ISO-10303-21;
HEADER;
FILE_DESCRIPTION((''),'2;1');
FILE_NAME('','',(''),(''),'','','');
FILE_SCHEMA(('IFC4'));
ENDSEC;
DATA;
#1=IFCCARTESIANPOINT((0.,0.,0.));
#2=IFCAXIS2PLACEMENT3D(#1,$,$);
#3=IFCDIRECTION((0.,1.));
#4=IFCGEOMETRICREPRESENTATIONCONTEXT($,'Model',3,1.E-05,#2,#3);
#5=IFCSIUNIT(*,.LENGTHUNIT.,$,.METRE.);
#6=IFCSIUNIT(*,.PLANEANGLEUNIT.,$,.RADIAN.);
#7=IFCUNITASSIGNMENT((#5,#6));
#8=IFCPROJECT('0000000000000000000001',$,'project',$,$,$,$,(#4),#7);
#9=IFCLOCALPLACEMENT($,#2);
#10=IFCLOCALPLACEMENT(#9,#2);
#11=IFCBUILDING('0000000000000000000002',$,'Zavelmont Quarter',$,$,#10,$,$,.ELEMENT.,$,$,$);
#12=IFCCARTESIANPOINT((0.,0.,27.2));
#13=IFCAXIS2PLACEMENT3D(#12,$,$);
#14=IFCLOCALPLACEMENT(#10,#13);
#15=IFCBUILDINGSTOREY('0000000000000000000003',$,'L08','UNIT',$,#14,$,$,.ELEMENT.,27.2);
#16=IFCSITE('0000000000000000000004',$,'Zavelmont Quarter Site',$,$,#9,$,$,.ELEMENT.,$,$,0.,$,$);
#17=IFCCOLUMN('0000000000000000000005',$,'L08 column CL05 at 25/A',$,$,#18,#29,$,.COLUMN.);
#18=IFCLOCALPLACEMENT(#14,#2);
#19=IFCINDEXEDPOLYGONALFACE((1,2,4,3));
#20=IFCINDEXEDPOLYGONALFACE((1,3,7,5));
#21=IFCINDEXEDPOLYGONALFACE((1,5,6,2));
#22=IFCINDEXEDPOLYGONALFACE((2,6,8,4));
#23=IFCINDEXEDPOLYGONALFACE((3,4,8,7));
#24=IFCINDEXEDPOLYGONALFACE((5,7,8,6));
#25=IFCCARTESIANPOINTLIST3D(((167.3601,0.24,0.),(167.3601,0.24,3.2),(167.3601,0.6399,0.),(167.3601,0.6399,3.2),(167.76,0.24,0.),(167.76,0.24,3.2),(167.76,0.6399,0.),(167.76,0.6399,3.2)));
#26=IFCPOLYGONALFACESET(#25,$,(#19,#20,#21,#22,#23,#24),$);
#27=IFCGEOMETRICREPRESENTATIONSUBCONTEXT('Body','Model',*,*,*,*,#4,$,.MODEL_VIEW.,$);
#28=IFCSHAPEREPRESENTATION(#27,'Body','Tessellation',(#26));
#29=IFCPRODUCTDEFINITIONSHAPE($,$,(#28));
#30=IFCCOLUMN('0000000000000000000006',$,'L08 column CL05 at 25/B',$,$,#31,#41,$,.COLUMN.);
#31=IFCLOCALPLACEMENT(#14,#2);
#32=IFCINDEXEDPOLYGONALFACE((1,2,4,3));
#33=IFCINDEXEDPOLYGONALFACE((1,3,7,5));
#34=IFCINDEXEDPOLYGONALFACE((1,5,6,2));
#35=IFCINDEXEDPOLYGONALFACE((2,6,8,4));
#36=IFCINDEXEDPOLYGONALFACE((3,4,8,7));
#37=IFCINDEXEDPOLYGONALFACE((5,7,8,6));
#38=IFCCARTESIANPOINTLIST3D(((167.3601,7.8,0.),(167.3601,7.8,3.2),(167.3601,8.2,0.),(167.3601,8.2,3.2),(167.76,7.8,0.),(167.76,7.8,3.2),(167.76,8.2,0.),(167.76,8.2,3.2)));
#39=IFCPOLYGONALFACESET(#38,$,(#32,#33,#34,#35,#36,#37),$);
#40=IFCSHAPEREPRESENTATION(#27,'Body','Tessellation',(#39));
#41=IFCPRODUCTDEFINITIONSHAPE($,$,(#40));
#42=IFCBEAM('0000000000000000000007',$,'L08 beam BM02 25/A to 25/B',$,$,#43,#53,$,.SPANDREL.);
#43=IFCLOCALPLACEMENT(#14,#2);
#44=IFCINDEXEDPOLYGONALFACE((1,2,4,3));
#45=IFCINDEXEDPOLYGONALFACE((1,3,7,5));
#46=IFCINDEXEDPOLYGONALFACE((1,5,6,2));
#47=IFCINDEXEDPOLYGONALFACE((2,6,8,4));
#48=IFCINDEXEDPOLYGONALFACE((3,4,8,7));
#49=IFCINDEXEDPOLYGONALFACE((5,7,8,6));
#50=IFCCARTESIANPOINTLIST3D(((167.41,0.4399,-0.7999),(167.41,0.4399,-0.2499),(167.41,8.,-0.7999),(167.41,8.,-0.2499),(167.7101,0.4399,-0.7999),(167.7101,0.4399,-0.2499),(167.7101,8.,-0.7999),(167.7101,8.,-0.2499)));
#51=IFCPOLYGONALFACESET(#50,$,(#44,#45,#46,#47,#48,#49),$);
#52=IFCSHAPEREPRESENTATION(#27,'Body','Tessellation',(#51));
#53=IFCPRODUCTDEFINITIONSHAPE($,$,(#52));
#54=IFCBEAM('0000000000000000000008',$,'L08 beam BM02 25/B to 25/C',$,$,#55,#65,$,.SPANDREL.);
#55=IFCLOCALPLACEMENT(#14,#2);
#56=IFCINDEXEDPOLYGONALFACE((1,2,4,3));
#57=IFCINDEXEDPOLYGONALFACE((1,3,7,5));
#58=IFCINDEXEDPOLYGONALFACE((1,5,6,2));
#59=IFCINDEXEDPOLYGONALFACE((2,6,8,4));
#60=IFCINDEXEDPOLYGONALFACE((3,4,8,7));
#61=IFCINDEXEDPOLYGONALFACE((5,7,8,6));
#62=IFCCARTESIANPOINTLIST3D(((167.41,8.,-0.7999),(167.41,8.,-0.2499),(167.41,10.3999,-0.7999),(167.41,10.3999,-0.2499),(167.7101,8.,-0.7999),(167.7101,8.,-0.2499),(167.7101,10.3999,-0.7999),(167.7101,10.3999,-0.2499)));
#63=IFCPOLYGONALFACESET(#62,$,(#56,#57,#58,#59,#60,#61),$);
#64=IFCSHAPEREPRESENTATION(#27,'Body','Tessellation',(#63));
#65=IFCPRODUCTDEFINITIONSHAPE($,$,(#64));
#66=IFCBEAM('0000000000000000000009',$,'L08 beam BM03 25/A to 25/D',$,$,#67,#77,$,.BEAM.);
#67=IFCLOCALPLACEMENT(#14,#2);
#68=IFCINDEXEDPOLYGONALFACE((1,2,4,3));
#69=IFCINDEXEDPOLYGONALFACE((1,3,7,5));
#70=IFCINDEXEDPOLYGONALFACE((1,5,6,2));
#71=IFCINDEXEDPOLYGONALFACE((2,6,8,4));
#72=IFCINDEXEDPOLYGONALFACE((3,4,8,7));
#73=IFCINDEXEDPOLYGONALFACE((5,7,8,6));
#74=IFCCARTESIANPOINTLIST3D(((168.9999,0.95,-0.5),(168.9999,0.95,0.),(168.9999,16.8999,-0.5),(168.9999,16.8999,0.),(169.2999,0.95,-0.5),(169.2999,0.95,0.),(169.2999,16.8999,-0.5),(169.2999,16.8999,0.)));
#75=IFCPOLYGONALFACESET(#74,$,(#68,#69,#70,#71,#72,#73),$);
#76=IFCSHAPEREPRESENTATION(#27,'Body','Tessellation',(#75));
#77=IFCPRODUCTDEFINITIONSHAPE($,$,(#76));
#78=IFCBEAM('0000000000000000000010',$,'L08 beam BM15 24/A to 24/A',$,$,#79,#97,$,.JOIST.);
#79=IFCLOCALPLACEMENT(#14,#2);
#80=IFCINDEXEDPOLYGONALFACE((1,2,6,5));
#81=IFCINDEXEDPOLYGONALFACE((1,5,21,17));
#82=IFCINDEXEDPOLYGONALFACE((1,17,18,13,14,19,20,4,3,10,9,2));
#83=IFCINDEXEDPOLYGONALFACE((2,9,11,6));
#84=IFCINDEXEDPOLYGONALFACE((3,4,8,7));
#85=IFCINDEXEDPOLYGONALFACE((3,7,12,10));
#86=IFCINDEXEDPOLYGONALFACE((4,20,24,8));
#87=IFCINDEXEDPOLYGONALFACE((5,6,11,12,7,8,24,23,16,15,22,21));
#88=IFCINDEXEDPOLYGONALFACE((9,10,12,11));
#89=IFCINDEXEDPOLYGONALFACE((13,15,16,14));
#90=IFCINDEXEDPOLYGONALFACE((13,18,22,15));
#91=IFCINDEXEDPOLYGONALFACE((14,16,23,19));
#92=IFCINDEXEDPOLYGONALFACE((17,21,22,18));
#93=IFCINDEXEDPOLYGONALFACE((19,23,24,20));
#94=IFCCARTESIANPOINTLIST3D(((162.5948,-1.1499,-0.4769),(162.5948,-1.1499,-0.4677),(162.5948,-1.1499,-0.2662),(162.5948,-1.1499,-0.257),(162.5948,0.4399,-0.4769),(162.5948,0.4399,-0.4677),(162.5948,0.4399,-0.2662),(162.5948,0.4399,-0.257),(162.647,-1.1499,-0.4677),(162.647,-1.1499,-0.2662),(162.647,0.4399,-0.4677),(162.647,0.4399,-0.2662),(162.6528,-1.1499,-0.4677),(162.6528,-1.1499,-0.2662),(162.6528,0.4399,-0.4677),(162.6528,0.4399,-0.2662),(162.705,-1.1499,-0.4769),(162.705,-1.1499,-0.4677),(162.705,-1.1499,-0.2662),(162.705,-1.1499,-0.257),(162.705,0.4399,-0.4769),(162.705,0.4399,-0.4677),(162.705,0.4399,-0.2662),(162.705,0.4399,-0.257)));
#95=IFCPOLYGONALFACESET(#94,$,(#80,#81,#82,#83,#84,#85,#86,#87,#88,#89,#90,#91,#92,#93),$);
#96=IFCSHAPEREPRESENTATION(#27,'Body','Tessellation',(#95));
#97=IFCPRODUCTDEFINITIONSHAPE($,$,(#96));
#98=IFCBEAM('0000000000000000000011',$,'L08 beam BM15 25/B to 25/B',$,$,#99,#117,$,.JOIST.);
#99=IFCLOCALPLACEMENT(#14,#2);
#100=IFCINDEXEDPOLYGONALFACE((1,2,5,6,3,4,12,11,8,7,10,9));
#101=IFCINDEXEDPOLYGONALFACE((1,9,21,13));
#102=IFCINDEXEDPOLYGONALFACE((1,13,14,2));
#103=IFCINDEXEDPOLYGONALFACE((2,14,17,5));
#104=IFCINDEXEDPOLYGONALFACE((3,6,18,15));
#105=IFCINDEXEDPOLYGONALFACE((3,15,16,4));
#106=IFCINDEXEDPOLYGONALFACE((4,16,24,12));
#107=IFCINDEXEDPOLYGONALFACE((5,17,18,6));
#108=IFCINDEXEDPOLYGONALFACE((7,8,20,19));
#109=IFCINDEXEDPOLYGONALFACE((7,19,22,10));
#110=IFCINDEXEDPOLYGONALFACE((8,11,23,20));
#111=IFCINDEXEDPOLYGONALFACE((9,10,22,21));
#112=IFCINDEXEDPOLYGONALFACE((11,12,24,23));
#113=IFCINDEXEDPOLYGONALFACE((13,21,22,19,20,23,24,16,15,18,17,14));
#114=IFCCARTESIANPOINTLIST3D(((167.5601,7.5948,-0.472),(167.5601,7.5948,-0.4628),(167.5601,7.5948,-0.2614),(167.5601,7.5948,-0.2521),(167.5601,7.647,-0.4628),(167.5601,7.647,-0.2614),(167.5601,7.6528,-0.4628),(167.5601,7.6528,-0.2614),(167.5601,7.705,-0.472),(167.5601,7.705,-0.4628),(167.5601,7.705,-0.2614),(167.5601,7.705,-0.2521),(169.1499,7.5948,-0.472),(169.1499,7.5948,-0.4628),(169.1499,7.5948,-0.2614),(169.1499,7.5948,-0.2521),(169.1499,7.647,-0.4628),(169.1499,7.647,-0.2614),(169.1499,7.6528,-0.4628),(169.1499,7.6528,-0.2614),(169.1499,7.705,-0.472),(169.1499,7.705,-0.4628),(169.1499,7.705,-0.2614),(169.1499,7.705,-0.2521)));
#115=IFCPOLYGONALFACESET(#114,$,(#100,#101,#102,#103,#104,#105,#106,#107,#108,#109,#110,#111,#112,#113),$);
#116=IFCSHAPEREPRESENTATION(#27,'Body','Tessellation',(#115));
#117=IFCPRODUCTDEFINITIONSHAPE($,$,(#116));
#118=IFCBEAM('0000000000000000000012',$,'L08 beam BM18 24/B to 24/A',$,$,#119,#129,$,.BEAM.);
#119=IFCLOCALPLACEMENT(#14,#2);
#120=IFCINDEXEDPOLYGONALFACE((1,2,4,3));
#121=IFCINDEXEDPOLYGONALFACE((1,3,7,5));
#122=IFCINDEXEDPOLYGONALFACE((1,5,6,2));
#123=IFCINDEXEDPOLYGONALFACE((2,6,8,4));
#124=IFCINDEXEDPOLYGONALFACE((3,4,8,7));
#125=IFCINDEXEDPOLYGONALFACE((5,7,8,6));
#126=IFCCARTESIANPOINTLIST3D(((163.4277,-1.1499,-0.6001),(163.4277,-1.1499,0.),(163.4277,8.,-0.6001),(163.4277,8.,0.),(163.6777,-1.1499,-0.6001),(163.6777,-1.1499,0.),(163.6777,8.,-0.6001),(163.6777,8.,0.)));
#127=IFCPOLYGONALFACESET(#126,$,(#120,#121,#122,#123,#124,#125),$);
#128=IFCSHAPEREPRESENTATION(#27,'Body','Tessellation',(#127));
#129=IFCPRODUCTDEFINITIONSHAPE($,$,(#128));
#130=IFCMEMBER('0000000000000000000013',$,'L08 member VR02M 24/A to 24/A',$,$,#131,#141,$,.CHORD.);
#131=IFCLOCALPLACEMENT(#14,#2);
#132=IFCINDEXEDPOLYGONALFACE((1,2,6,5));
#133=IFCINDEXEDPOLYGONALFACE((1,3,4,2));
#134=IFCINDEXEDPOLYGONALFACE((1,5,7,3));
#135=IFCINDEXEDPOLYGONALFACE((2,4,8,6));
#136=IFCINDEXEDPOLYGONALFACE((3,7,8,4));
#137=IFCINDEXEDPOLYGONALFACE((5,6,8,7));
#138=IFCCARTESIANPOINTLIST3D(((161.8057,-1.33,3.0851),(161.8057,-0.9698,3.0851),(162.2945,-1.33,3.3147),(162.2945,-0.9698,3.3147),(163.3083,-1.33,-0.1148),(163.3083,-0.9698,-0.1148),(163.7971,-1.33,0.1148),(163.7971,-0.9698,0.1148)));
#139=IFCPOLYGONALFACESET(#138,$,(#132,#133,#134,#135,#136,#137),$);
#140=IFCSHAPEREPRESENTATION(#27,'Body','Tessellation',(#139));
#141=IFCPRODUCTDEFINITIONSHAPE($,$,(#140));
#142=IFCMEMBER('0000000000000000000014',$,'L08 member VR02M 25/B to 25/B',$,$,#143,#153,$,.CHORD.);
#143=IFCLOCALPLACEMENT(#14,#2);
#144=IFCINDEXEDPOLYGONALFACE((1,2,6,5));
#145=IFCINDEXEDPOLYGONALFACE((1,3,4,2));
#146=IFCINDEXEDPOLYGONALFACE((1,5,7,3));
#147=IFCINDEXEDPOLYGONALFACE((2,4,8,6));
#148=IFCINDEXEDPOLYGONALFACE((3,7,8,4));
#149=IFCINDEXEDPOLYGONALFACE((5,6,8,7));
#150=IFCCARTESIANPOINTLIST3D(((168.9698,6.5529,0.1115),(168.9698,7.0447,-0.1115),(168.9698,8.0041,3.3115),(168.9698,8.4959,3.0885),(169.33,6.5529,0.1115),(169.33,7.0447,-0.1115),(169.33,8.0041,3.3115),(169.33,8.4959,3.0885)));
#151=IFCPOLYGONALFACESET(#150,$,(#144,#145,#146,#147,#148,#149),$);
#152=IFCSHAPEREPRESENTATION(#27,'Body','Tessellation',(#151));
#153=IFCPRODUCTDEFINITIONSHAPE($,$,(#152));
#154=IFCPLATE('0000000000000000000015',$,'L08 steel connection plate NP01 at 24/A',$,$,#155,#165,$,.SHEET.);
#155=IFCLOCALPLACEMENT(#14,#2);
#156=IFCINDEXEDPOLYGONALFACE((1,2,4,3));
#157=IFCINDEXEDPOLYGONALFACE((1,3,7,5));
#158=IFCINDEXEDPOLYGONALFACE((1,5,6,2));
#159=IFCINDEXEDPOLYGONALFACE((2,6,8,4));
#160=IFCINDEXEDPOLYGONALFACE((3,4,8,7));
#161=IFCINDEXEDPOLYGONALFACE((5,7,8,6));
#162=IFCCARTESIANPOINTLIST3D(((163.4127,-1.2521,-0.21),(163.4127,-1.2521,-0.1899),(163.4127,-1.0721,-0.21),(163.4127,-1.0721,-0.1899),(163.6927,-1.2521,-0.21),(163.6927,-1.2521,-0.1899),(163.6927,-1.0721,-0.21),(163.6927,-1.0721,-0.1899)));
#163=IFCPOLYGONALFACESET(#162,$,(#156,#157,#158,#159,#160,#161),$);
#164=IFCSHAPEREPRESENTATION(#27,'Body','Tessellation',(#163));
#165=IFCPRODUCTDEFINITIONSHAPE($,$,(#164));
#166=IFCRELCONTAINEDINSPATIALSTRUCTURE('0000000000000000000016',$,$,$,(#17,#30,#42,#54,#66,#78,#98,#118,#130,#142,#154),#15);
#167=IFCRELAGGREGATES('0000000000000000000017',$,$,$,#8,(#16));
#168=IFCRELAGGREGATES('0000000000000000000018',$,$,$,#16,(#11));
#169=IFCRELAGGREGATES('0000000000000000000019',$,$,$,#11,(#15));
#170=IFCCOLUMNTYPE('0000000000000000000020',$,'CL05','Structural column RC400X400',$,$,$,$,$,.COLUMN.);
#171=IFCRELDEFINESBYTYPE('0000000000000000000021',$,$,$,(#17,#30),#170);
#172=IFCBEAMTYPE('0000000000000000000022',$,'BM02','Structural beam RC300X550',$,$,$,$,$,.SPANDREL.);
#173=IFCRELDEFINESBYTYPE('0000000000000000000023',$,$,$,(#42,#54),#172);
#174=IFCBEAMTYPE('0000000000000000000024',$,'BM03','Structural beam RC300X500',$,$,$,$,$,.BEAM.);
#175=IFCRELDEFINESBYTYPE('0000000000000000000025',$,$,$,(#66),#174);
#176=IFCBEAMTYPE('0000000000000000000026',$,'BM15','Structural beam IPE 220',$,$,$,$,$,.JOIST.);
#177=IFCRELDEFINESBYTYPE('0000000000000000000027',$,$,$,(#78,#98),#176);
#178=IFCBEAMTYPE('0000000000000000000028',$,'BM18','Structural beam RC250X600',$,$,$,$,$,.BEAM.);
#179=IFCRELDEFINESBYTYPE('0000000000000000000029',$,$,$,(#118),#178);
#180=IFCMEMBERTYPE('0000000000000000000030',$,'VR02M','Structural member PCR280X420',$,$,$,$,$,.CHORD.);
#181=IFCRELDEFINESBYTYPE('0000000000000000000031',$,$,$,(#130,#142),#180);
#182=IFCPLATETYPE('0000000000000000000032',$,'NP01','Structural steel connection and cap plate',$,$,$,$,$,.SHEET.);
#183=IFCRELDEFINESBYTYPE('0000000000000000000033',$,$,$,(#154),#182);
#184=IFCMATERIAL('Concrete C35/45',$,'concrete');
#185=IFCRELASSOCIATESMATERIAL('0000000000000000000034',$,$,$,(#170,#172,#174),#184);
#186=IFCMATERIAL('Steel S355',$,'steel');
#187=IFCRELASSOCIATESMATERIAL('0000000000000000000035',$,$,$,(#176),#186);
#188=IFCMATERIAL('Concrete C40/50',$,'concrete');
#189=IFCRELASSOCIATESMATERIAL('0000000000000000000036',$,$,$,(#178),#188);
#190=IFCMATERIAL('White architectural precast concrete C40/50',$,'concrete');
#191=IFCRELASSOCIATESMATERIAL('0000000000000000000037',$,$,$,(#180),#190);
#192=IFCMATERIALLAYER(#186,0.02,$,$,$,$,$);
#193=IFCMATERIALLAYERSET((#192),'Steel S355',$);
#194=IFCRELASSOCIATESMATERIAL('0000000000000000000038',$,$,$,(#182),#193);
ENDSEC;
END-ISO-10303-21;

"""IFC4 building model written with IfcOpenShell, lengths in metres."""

from ifc_helpers import new_model, si_unit, direction, frame, origin, origin_2d, place, context, subcontext, project, spatial, rectangle, i_section, extrude, material, layer, layer_set, material_profile, profile_set, type_object, element, save


model = new_model("IFC4")

# Units and contexts
model_context = context("Model", 3, precision=1e-05, world=origin(), true_north=direction((0.0, 1.0)))
body_context = subcontext(model_context, "Body", "Model", "MODEL_VIEW")
ifc_project = project(units=[si_unit("LENGTHUNIT", "METRE"), si_unit("PLANEANGLEUNIT", "RADIAN")], contexts=[model_context])

# Site, building, storey
site_placement = place(None, origin())
site = spatial("IfcSite", under=ifc_project, at=site_placement, Name="Zavelmont Quarter Site", CompositionType="ELEMENT", RefElevation=0.0)
building_placement = place(site_placement, origin())
building = spatial("IfcBuilding", under=site, at=building_placement, Name="Zavelmont Quarter", CompositionType="ELEMENT")
storey_placement = place(building_placement, frame((0.0, 0.0, 27.2)))
storey = spatial("IfcBuildingStorey", under=building, at=storey_placement, Name="L08", Description="UNIT", CompositionType="ELEMENT", Elevation=27.2)

# Columns
ifc_material_1 = material(Name="Concrete C35/45", Category="concrete")
ifc_material_profile_1 = material_profile(ifc_material_1, rectangle(XDim=0.3999, YDim=0.3999, at=origin_2d()), Name="RC400X400")
ifc_profile_set_1 = profile_set([ifc_material_profile_1], Name="Concrete C35/45")
column_type = type_object("IfcColumnType", Name="CL05", Description="Structural column RC400X400", PredefinedType="COLUMN", material=ifc_profile_set_1)
for number, where, z_axis, x_axis, name in (
    (1, (167.5601, 0.4399, 0.0), (0.0, 0.0, 1.0), (1.0, 0.0, 0.0), "L08 column CL05 at 25/A"),
    (2, (167.5601, 8.0, 0.0), (0.0, 0.0, 1.0), (1.0, 0.0, 0.0), "L08 column CL05 at 25/B"),
):
    element("IfcColumn", number, at=place(storey_placement, frame(where, z_axis=z_axis, x_axis=x_axis)), inside=storey, type_object=column_type, Name=name, PredefinedType="COLUMN", context=body_context, shape_type="SweptSolid", body=[
        extrude(rectangle(XDim=0.3999, YDim=0.3999, at=origin_2d()), origin(), (0.0, 0.0, 1.0), 3.2),
    ])

# Beams
ifc_material_profile_2 = material_profile(ifc_material_1, rectangle(XDim=0.3, YDim=0.55, at=origin_2d()), Name="RC300X550")
ifc_profile_set_2 = profile_set([ifc_material_profile_2], Name="Concrete C35/45")
beam_type_1 = type_object("IfcBeamType", Name="BM02", Description="Structural beam RC300X550", PredefinedType="SPANDREL", material=ifc_profile_set_2)
beam_1_placement = place(storey_placement, frame((167.5601, 0.4399, -0.5249), z_axis=(0.0, 1.0, 0.0), x_axis=(-1.0, 0.0, 0.0)))
element("IfcBeam", 3, at=beam_1_placement, inside=storey, type_object=beam_type_1, Name="L08 beam BM02 25/A to 25/B", PredefinedType="SPANDREL", context=body_context, shape_type="SweptSolid", body=[
    extrude(rectangle(XDim=0.3, YDim=0.55, at=origin_2d()), origin(), (0.0, 0.0, 1.0), 7.5601),
])
beam_2_placement = place(storey_placement, frame((167.5601, 8.0, -0.5249), z_axis=(0.0, 1.0, 0.0), x_axis=(-1.0, 0.0, 0.0)))
element("IfcBeam", 4, at=beam_2_placement, inside=storey, type_object=beam_type_1, Name="L08 beam BM02 25/B to 25/C", PredefinedType="SPANDREL", context=body_context, shape_type="SweptSolid", body=[
    extrude(rectangle(XDim=0.3, YDim=0.55, at=origin_2d()), origin(), (0.0, 0.0, 1.0), 2.3999),
])
ifc_material_profile_3 = material_profile(ifc_material_1, rectangle(XDim=0.3, YDim=0.5, at=origin_2d()), Name="RC300X500")
ifc_profile_set_3 = profile_set([ifc_material_profile_3], Name="Concrete C35/45")
beam_type_2 = type_object("IfcBeamType", Name="BM03", Description="Structural beam RC300X500", PredefinedType="BEAM", material=ifc_profile_set_3)
beam_3_placement = place(storey_placement, frame((169.1499, 0.95, -0.25), z_axis=(0.0, 1.0, 0.0), x_axis=(-1.0, 0.0, 0.0)))
element("IfcBeam", 5, at=beam_3_placement, inside=storey, type_object=beam_type_2, Name="L08 beam BM03 25/A to 25/D", PredefinedType="BEAM", context=body_context, shape_type="SweptSolid", body=[
    extrude(rectangle(XDim=0.3, YDim=0.5, at=origin_2d()), origin(), (0.0, 0.0, 1.0), 15.95),
])
ifc_material_2 = material(Name="Steel S355", Category="steel")
ifc_material_profile_4 = material_profile(ifc_material_2, i_section(OverallWidth=0.1101, OverallDepth=0.22, WebThickness=0.0059, FlangeThickness=0.0093, at=origin_2d()), Name="IPE 220")
ifc_profile_set_4 = profile_set([ifc_material_profile_4], Name="Steel S355")
beam_type_3 = type_object("IfcBeamType", Name="BM15", Description="Structural beam IPE 220", PredefinedType="JOIST", material=ifc_profile_set_4)
for number, where, z_axis, x_axis, name in (
    (6, (162.6499, 0.4399, -0.3669), (0.0, -1.0, 0.0), (1.0, 0.0, 0.0), "L08 beam BM15 24/A to 24/A"),
    (7, (167.5601, 7.6499, -0.3621), (1.0, 0.0, 0.0), (0.0, 1.0, 0.0), "L08 beam BM15 25/B to 25/B"),
):
    element("IfcBeam", number, at=place(storey_placement, frame(where, z_axis=z_axis, x_axis=x_axis)), inside=storey, type_object=beam_type_3, Name=name, PredefinedType="JOIST", context=body_context, shape_type="SweptSolid", body=[
        extrude(i_section(OverallWidth=0.1101, OverallDepth=0.22, WebThickness=0.0059, FlangeThickness=0.0093, at=origin_2d()), origin(), (0.0, 0.0, 1.0), 1.5898),
    ])
ifc_material_3 = material(Name="Concrete C40/50", Category="concrete")
ifc_material_profile_5 = material_profile(ifc_material_3, rectangle(XDim=0.25, YDim=0.6001, at=origin_2d()), Name="RC250X600")
ifc_profile_set_5 = profile_set([ifc_material_profile_5], Name="Concrete C40/50")
beam_type_4 = type_object("IfcBeamType", Name="BM18", Description="Structural beam RC250X600", PredefinedType="BEAM", material=ifc_profile_set_5)
beam_4_placement = place(storey_placement, frame((163.5527, 8.0, -0.3), z_axis=(0.0, -1.0, 0.0), x_axis=(1.0, 0.0, 0.0)))
element("IfcBeam", 8, at=beam_4_placement, inside=storey, type_object=beam_type_4, Name="L08 beam BM18 24/B to 24/A", PredefinedType="BEAM", context=body_context, shape_type="SweptSolid", body=[
    extrude(rectangle(XDim=0.25, YDim=0.6001, at=origin_2d()), origin(), (0.0, 0.0, 1.0), 9.1499),
])

# Members
ifc_material_4 = material(Name="White architectural precast concrete C40/50", Category="concrete")
ifc_material_profile_6 = material_profile(ifc_material_4, rectangle(XDim=0.3601, YDim=0.54, at=origin_2d()), Name="PCR280X420")
ifc_profile_set_6 = profile_set([ifc_material_profile_6], Name="White architectural precast concrete C40/50")
member_type = type_object("IfcMemberType", Name="VR02M", Description="Structural member PCR280X420", PredefinedType="CHORD", material=ifc_profile_set_6)
member_1_placement = place(storey_placement, frame((163.5527, -1.1499, 0.0), z_axis=(-0.425062, 0.0, 0.905164), x_axis=(0.0, -1.0, 0.0)))
element("IfcMember", 9, at=member_1_placement, inside=storey, type_object=member_type, Name="L08 member VR02M 24/A to 24/A", PredefinedType="CHORD", context=body_context, shape_type="SweptSolid", body=[
    extrude(rectangle(XDim=0.3601, YDim=0.54, at=origin_2d()), origin(), (0.0, 0.0, 1.0), 3.5352),
])
member_2_placement = place(storey_placement, frame((169.1499, 6.7988, 0.0), z_axis=(0.0, 0.413012, 0.910725), x_axis=(-1.0, 0.0, 0.0)))
element("IfcMember", 10, at=member_2_placement, inside=storey, type_object=member_type, Name="L08 member VR02M 25/B to 25/B", PredefinedType="CHORD", context=body_context, shape_type="SweptSolid", body=[
    extrude(rectangle(XDim=0.3601, YDim=0.54, at=origin_2d()), origin(), (0.0, 0.0, 1.0), 3.5137),
])

# Plate
ifc_layer_1 = layer(ifc_material_2, 0.02)
ifc_layer_set_1 = layer_set([ifc_layer_1], Name="Steel S355")
plate_type = type_object("IfcPlateType", Name="NP01", Description="Structural steel connection and cap plate", PredefinedType="SHEET", material=ifc_layer_set_1)
plate_placement = place(storey_placement, frame((163.5527, -1.1621, -0.21), z_axis=(0.0, 0.0, 1.0), x_axis=(1.0, 0.0, 0.0)))
element("IfcPlate", 11, at=plate_placement, inside=storey, type_object=plate_type, Name="L08 steel connection plate NP01 at 24/A", PredefinedType="SHEET", context=body_context, shape_type="SweptSolid", body=[
    extrude(rectangle(XDim=0.28, YDim=0.1799, at=origin_2d()), origin(), (0.0, 0.0, 1.0), 0.02),
])

save(model, "model.ifc")
